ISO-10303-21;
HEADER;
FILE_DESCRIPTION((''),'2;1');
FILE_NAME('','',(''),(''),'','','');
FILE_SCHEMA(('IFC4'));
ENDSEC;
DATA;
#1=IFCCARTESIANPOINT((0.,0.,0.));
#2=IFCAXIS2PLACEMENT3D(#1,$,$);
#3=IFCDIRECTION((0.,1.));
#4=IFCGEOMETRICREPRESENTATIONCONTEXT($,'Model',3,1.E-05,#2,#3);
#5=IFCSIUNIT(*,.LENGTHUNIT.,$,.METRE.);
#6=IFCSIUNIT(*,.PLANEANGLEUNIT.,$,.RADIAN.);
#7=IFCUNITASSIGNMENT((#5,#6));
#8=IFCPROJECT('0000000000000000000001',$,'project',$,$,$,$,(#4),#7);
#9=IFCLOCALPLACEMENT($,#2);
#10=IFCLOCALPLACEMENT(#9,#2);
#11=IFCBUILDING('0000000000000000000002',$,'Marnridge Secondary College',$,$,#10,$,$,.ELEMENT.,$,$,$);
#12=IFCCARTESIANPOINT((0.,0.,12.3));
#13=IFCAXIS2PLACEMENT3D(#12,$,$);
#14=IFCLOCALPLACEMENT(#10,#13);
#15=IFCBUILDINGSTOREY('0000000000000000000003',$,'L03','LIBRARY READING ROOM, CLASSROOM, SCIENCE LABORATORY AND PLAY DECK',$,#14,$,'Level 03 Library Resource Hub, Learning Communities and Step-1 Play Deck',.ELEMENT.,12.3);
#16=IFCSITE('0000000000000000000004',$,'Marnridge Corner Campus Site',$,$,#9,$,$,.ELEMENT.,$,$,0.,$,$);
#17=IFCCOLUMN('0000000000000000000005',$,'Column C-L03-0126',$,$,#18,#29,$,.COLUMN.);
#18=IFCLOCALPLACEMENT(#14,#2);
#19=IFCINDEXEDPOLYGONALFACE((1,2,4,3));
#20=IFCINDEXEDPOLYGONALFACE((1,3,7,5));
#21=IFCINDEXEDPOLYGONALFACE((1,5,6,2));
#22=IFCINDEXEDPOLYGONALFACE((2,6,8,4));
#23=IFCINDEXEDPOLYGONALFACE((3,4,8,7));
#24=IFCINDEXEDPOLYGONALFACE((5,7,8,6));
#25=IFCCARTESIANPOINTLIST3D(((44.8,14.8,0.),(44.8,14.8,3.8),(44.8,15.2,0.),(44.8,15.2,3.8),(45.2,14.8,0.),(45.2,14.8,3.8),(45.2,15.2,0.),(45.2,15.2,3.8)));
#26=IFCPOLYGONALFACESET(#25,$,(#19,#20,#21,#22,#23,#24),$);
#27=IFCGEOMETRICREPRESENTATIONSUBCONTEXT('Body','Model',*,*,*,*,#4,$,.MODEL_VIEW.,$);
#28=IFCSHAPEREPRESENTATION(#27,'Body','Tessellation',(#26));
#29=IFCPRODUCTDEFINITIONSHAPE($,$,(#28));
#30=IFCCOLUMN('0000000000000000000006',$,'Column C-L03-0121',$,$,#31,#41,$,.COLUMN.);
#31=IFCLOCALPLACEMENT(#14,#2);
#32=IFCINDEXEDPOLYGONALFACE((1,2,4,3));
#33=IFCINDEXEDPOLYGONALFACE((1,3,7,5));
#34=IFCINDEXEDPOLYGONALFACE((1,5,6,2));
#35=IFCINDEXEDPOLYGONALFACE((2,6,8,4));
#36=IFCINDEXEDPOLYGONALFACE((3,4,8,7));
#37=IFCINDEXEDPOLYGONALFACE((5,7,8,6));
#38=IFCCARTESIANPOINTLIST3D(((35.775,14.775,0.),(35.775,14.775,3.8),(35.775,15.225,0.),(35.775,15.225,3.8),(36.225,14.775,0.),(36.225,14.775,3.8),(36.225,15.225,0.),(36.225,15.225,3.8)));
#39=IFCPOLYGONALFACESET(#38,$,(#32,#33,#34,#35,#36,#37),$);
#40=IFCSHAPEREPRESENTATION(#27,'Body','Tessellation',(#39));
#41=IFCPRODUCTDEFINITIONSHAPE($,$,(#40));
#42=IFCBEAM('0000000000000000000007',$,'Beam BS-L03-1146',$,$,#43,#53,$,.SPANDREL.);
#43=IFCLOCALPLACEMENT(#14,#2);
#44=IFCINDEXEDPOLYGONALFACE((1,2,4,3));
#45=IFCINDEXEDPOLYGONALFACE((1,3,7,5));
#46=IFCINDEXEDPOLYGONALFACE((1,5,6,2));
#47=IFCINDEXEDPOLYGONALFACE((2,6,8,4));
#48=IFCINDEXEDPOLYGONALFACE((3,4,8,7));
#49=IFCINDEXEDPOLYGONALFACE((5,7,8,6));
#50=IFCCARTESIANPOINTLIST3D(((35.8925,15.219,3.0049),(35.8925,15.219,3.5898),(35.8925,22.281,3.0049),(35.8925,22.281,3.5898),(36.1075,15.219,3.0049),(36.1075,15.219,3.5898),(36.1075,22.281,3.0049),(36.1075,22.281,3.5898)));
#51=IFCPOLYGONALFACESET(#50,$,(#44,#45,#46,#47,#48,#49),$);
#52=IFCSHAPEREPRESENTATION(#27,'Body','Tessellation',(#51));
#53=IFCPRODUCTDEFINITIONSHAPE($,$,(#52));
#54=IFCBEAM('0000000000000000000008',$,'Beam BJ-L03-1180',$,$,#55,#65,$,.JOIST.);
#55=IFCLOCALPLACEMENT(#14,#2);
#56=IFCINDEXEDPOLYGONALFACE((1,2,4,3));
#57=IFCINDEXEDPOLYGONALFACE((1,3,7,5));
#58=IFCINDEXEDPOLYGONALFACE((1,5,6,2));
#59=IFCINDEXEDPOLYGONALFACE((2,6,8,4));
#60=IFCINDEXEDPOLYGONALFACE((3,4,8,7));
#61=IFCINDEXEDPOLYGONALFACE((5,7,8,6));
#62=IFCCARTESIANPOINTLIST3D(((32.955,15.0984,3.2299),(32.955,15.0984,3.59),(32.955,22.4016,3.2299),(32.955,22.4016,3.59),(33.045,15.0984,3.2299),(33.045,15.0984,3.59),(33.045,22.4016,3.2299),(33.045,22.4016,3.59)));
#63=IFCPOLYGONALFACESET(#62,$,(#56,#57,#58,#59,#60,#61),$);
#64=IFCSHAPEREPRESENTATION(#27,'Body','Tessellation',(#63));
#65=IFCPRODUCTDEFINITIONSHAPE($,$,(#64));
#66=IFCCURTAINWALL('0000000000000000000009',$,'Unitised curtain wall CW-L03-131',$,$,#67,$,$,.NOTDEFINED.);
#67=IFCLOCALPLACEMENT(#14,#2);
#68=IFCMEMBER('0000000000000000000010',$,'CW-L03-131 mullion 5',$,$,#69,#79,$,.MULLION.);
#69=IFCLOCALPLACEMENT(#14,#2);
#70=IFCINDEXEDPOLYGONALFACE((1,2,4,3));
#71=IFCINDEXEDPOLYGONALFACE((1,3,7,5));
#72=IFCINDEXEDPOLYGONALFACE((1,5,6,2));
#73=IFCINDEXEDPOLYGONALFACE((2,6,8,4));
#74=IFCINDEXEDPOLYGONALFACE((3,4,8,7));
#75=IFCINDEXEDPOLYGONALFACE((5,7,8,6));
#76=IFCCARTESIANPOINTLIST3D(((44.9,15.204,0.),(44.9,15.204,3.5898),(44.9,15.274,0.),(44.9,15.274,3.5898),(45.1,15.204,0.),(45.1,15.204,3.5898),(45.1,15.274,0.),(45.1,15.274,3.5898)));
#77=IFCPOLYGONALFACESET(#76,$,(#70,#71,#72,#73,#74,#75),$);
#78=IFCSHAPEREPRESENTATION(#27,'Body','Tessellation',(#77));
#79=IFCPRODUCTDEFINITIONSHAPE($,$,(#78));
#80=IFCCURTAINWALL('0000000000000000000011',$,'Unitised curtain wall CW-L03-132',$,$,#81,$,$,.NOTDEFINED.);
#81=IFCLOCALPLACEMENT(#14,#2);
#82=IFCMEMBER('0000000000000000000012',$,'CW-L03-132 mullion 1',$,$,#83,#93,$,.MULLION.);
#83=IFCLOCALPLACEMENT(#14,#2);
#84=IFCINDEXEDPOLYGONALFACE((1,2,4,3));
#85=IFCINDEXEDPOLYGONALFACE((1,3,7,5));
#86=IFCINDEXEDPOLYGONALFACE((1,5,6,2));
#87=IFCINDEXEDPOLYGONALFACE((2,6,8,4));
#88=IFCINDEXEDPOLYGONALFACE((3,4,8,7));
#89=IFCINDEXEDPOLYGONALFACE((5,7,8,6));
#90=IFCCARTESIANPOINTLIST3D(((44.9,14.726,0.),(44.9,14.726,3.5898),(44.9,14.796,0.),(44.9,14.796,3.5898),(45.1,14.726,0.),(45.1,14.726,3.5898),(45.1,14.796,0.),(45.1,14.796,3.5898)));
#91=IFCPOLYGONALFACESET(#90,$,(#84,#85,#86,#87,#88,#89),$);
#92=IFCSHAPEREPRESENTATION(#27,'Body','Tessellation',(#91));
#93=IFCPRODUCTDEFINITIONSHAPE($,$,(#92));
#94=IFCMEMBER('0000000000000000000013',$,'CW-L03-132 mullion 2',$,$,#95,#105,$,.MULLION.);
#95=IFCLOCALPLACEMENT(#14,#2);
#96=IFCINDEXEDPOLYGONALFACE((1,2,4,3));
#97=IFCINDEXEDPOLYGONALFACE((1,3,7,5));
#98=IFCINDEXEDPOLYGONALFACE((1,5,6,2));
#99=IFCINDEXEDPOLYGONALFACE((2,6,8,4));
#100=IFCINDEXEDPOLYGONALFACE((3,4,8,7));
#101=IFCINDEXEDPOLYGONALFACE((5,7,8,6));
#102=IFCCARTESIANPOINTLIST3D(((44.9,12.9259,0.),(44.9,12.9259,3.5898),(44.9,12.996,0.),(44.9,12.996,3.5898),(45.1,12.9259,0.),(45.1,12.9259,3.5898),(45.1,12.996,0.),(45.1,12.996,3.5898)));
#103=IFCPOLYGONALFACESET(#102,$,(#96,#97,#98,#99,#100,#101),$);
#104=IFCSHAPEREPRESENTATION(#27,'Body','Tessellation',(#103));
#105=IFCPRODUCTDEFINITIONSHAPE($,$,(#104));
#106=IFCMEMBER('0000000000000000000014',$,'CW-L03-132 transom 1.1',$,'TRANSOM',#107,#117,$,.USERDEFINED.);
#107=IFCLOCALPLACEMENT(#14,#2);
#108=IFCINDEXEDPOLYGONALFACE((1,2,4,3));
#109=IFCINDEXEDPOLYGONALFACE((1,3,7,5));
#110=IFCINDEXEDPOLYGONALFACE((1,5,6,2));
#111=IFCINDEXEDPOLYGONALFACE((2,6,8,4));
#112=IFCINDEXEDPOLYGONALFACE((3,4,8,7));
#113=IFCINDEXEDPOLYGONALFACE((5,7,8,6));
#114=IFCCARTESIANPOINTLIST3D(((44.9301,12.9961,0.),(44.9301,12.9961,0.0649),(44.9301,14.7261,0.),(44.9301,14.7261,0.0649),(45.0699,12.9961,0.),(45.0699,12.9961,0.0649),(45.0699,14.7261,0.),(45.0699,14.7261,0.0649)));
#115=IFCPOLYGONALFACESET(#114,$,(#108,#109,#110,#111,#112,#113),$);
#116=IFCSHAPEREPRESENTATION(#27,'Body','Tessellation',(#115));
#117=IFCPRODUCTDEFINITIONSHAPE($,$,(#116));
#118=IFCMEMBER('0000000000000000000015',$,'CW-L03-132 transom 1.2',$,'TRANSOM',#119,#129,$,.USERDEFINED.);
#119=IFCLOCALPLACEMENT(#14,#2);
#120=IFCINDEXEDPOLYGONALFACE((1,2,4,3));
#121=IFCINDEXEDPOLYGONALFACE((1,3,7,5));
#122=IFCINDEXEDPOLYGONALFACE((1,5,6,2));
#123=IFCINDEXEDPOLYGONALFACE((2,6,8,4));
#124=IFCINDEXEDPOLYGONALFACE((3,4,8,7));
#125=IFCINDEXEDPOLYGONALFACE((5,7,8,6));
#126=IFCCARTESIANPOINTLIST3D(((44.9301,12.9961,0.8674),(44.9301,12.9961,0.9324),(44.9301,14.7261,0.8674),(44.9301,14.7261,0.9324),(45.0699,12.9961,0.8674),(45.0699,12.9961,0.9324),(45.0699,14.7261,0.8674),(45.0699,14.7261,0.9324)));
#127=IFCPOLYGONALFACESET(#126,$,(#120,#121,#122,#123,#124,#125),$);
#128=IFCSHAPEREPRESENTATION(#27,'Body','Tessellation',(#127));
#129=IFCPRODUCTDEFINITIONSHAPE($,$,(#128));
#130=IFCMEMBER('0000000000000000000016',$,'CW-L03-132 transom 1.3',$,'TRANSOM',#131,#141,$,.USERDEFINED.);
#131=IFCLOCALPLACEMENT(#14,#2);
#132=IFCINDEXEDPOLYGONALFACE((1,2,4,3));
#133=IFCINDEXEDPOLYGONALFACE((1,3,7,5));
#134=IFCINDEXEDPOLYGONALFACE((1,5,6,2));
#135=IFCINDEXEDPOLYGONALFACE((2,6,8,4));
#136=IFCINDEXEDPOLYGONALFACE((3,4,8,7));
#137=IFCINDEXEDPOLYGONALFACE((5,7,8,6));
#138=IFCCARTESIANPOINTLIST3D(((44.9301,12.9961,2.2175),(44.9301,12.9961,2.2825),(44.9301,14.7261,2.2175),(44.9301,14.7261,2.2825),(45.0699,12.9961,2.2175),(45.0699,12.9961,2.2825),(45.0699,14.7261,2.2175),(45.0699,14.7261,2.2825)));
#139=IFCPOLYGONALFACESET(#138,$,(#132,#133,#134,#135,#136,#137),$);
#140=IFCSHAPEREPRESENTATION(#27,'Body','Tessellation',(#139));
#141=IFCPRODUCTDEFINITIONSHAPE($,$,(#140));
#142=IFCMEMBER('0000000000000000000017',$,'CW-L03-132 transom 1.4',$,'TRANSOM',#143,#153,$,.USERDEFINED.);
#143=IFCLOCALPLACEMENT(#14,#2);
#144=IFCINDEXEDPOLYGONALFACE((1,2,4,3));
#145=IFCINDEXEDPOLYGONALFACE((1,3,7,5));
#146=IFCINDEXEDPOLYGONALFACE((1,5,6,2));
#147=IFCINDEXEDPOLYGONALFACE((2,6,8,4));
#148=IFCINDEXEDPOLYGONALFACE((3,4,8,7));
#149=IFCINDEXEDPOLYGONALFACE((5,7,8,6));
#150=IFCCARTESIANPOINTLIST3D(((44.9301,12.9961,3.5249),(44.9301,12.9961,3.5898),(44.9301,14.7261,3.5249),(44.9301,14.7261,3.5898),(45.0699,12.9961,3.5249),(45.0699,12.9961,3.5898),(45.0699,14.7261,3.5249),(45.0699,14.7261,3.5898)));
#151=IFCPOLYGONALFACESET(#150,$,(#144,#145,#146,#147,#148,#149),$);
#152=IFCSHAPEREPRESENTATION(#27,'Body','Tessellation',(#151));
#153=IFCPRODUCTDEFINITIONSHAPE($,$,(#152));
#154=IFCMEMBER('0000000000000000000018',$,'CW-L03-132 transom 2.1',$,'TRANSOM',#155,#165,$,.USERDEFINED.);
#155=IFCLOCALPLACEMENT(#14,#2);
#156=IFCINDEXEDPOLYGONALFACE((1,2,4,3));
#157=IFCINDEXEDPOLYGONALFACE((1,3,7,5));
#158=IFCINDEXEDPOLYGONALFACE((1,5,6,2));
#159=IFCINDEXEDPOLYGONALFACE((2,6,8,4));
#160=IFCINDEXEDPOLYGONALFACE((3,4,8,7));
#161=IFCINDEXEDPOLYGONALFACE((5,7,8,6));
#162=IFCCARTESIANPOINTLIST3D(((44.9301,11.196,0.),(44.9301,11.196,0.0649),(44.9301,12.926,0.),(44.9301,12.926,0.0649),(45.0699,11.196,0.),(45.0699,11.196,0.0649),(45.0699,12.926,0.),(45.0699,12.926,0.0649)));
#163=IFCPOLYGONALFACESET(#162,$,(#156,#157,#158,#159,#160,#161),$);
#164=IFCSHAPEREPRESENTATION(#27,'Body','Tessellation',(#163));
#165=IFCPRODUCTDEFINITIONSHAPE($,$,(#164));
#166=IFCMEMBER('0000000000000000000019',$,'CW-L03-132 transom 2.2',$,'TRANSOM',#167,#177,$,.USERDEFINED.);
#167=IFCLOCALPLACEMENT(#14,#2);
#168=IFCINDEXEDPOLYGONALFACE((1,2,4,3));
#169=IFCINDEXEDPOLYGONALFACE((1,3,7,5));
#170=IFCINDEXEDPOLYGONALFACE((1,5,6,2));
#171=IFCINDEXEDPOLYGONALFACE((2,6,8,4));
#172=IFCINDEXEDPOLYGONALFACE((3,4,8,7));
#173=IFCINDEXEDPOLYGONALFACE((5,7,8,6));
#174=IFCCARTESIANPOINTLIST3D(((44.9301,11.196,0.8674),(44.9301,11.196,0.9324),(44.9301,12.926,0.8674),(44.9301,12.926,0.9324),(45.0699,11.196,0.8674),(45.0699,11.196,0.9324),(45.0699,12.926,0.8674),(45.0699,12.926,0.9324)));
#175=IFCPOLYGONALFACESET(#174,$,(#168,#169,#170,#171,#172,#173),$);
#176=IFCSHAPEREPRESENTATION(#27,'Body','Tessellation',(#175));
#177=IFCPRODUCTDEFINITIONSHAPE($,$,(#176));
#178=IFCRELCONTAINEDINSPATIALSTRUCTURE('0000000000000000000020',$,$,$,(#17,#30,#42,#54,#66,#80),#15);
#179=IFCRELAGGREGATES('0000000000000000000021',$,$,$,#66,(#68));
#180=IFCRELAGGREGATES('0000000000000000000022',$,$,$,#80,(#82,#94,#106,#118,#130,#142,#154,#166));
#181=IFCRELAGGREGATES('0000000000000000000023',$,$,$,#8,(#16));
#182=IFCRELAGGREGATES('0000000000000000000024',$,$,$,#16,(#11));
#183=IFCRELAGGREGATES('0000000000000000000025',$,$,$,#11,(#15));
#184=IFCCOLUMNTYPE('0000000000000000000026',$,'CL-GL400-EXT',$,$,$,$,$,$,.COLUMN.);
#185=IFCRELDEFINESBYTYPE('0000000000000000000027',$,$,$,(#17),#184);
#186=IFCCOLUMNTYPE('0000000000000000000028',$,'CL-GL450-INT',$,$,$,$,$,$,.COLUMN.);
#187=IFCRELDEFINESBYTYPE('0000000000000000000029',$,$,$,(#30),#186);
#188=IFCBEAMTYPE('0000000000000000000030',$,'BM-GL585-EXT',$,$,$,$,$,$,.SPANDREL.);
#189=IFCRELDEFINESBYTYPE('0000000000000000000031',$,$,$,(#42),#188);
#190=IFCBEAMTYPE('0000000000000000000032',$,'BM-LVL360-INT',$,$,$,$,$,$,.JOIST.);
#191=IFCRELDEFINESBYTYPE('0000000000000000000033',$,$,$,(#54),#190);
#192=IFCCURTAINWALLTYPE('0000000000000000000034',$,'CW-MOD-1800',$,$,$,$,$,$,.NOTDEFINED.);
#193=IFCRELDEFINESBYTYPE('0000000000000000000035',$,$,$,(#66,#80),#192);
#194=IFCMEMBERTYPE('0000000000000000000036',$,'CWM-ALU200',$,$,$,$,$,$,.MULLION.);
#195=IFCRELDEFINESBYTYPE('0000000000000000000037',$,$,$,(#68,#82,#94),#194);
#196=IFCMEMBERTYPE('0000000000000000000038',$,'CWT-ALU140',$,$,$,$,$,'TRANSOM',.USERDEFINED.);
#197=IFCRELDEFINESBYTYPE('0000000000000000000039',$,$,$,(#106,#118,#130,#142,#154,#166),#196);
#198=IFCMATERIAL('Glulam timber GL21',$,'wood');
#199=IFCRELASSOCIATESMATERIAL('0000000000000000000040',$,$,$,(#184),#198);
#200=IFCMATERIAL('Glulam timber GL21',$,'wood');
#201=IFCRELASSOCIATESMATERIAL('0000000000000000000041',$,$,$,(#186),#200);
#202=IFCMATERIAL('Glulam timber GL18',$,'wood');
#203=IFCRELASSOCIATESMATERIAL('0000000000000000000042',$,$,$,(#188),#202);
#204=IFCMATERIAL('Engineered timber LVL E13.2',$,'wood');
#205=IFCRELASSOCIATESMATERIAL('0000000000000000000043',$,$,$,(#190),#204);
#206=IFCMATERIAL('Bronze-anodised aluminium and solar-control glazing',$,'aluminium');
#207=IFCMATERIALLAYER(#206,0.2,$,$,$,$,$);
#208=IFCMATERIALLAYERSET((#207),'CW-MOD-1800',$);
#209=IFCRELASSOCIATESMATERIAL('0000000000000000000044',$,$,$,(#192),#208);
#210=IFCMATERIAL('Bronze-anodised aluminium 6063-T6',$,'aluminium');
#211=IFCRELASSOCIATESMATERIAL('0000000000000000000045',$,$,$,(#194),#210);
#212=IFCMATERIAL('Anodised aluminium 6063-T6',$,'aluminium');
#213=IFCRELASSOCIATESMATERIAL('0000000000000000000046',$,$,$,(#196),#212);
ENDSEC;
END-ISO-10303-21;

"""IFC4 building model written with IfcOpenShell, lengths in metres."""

from ifc_helpers import new_model, si_unit, direction, frame, origin, origin_2d, place, context, subcontext, project, spatial, rectangle, extrude, material, layer, layer_set, material_profile, profile_set, type_object, element, aggregate, save


model = new_model("IFC4")

# Units and contexts
model_context = context("Model", 3, precision=1e-05, world=origin(), true_north=direction((0.0, 1.0)))
body_context = subcontext(model_context, "Body", "Model", "MODEL_VIEW")
ifc_project = project(units=[si_unit("LENGTHUNIT", "METRE"), si_unit("PLANEANGLEUNIT", "RADIAN")], contexts=[model_context])

# Site, building, storey
site_placement = place(None, origin())
site = spatial("IfcSite", under=ifc_project, at=site_placement, Name="Marnridge Corner Campus Site", CompositionType="ELEMENT", RefElevation=0.0)
building_placement = place(site_placement, origin())
building = spatial("IfcBuilding", under=site, at=building_placement, Name="Marnridge Secondary College", CompositionType="ELEMENT")
storey_placement = place(building_placement, frame((0.0, 0.0, 12.3)))
storey = spatial("IfcBuildingStorey", under=building, at=storey_placement, Name="L03", Description="LIBRARY READING ROOM, CLASSROOM, SCIENCE LABORATORY AND PLAY DECK", LongName="Level 03 Library Resource Hub, Learning Communities and Step-1 Play Deck", CompositionType="ELEMENT", Elevation=12.3)

# Columns
ifc_material_1 = material(Name="Glulam timber GL21", Category="wood")
ifc_material_profile_1 = material_profile(ifc_material_1, rectangle(XDim=0.3999, YDim=0.3999, at=origin_2d()), Name="GL21 400x400")
ifc_profile_set_1 = profile_set([ifc_material_profile_1], Name="Glulam timber GL21")
column_type_1 = type_object("IfcColumnType", Name="CL-GL400-EXT", PredefinedType="COLUMN", material=ifc_profile_set_1)
column_1_placement = place(storey_placement, frame((45.0, 15.0, 0.0), z_axis=(0.0, 0.0, 1.0), x_axis=(1.0, 0.0, 0.0)))
element("IfcColumn", 1, at=column_1_placement, inside=storey, type_object=column_type_1, Name="Column C-L03-0126", PredefinedType="COLUMN", context=body_context, shape_type="SweptSolid", body=[
    extrude(rectangle(XDim=0.3999, YDim=0.3999, at=origin_2d()), origin(), (0.0, 0.0, 1.0), 3.8),
])
ifc_material_2 = material(Name="Glulam timber GL21", Category="wood")
ifc_material_profile_2 = material_profile(ifc_material_2, rectangle(XDim=0.45, YDim=0.45, at=origin_2d()), Name="GL21 450x450")
ifc_profile_set_2 = profile_set([ifc_material_profile_2], Name="Glulam timber GL21")
column_type_2 = type_object("IfcColumnType", Name="CL-GL450-INT", PredefinedType="COLUMN", material=ifc_profile_set_2)
column_2_placement = place(storey_placement, frame((36.0, 15.0, 0.0), z_axis=(0.0, 0.0, 1.0), x_axis=(1.0, 0.0, 0.0)))
element("IfcColumn", 2, at=column_2_placement, inside=storey, type_object=column_type_2, Name="Column C-L03-0121", PredefinedType="COLUMN", context=body_context, shape_type="SweptSolid", body=[
    extrude(rectangle(XDim=0.45, YDim=0.45, at=origin_2d()), origin(), (0.0, 0.0, 1.0), 3.8),
])

# Beams
ifc_material_3 = material(Name="Glulam timber GL18", Category="wood")
ifc_material_profile_3 = material_profile(ifc_material_3, rectangle(XDim=0.2151, YDim=0.585, at=origin_2d()), Name="GL18 215x585")
ifc_profile_set_3 = profile_set([ifc_material_profile_3], Name="Glulam timber GL18")
beam_type_1 = type_object("IfcBeamType", Name="BM-GL585-EXT", PredefinedType="SPANDREL", material=ifc_profile_set_3)
beam_1_placement = place(storey_placement, frame((36.0, 15.219, 3.2974), z_axis=(0.0, 1.0, 0.0), x_axis=(-1.0, 0.0, 0.0)))
element("IfcBeam", 3, at=beam_1_placement, inside=storey, type_object=beam_type_1, Name="Beam BS-L03-1146", PredefinedType="SPANDREL", context=body_context, shape_type="SweptSolid", body=[
    extrude(rectangle(XDim=0.2151, YDim=0.585, at=origin_2d()), origin(), (0.0, 0.0, 1.0), 7.062),
])
ifc_material_4 = material(Name="Engineered timber LVL E13.2", Category="wood")
ifc_material_profile_4 = material_profile(ifc_material_4, rectangle(XDim=0.0901, YDim=0.3601, at=origin_2d()), Name="LVL 90x360")
ifc_profile_set_4 = profile_set([ifc_material_profile_4], Name="Engineered timber LVL E13.2")
beam_type_2 = type_object("IfcBeamType", Name="BM-LVL360-INT", PredefinedType="JOIST", material=ifc_profile_set_4)
beam_2_placement = place(storey_placement, frame((33.0, 15.0984, 3.4099), z_axis=(0.0, 1.0, 0.0), x_axis=(-1.0, 0.0, 0.0)))
element("IfcBeam", 4, at=beam_2_placement, inside=storey, type_object=beam_type_2, Name="Beam BJ-L03-1180", PredefinedType="JOIST", context=body_context, shape_type="SweptSolid", body=[
    extrude(rectangle(XDim=0.0901, YDim=0.3601, at=origin_2d()), origin(), (0.0, 0.0, 1.0), 7.3032),
])

# Curtain wall, member
ifc_material_5 = material(Name="Bronze-anodised aluminium and solar-control glazing", Category="aluminium")
ifc_layer_1 = layer(ifc_material_5, 0.2)
ifc_layer_set_1 = layer_set([ifc_layer_1], Name="CW-MOD-1800")
curtain_wall_type = type_object("IfcCurtainWallType", Name="CW-MOD-1800", PredefinedType="NOTDEFINED", material=ifc_layer_set_1)
curtain_wall_1_placement = place(storey_placement, origin())
curtain_wall_1 = element("IfcCurtainWall", 5, at=curtain_wall_1_placement, inside=storey, type_object=curtain_wall_type, Name="Unitised curtain wall CW-L03-131", PredefinedType="NOTDEFINED")
ifc_material_6 = material(Name="Bronze-anodised aluminium 6063-T6", Category="aluminium")
ifc_material_profile_5 = material_profile(ifc_material_6, rectangle(XDim=0.0701, YDim=0.2, at=origin_2d()), Name="ALU 70x200")
ifc_profile_set_5 = profile_set([ifc_material_profile_5], Name="Bronze-anodised aluminium 6063-T6")
member_type_1 = type_object("IfcMemberType", Name="CWM-ALU200", PredefinedType="MULLION", material=ifc_profile_set_5)
member_1_placement = place(storey_placement, frame((45.0, 15.239, 0.0), z_axis=(0.0, 0.0, 1.0), x_axis=(0.0, -1.0, 0.0)))
member_1 = element("IfcMember", 6, at=member_1_placement, type_object=member_type_1, Name="CW-L03-131 mullion 5", PredefinedType="MULLION", context=body_context, shape_type="SweptSolid", body=[
    extrude(rectangle(XDim=0.0701, YDim=0.2, at=origin_2d()), origin(), (0.0, 0.0, 1.0), 3.5898),
])
aggregate(curtain_wall_1, [member_1])

# Curtain wall, members
curtain_wall_2_placement = place(storey_placement, origin())
curtain_wall_2 = element("IfcCurtainWall", 7, at=curtain_wall_2_placement, inside=storey, type_object=curtain_wall_type, Name="Unitised curtain wall CW-L03-132", PredefinedType="NOTDEFINED")
member_2_placement = place(storey_placement, frame((45.0, 14.761, 0.0), z_axis=(0.0, 0.0, 1.0), x_axis=(0.0, -1.0, 0.0)))
member_2 = element("IfcMember", 8, at=member_2_placement, type_object=member_type_1, Name="CW-L03-132 mullion 1", PredefinedType="MULLION", context=body_context, shape_type="SweptSolid", body=[
    extrude(rectangle(XDim=0.0701, YDim=0.2, at=origin_2d()), origin(), (0.0, 0.0, 1.0), 3.5898),
])
member_3_placement = place(storey_placement, frame((45.0, 12.9609, 0.0), z_axis=(0.0, 0.0, 1.0), x_axis=(0.0, -1.0, 0.0)))
member_3 = element("IfcMember", 9, at=member_3_placement, type_object=member_type_1, Name="CW-L03-132 mullion 2", PredefinedType="MULLION", context=body_context, shape_type="SweptSolid", body=[
    extrude(rectangle(XDim=0.0701, YDim=0.2, at=origin_2d()), origin(), (0.0, 0.0, 1.0), 3.5898),
])
ifc_material_7 = material(Name="Anodised aluminium 6063-T6", Category="aluminium")
ifc_material_profile_6 = material_profile(ifc_material_7, rectangle(XDim=0.0649, YDim=0.1399, at=origin_2d()), Name="ALU 65x140")
ifc_profile_set_6 = profile_set([ifc_material_profile_6], Name="Anodised aluminium 6063-T6")
member_type_2 = type_object("IfcMemberType", Name="CWT-ALU140", ElementType="TRANSOM", PredefinedType="USERDEFINED", material=ifc_profile_set_6)
member_4_placement = place(storey_placement, frame((45.0, 14.7261, 0.0325), z_axis=(0.0, -1.0, 0.0), x_axis=(0.0, 0.0, 1.0)))
member_4 = element("IfcMember", 10, at=member_4_placement, type_object=member_type_2, Name="CW-L03-132 transom 1.1", ObjectType="TRANSOM", PredefinedType="USERDEFINED", context=body_context, shape_type="SweptSolid", body=[
    extrude(rectangle(XDim=0.0649, YDim=0.1399, at=origin_2d()), origin(), (0.0, 0.0, 1.0), 1.73),
])
member_5_placement = place(storey_placement, frame((45.0, 14.7261, 0.8999), z_axis=(0.0, -1.0, 0.0), x_axis=(0.0, 0.0, 1.0)))
member_5 = element("IfcMember", 11, at=member_5_placement, type_object=member_type_2, Name="CW-L03-132 transom 1.2", ObjectType="TRANSOM", PredefinedType="USERDEFINED", context=body_context, shape_type="SweptSolid", body=[
    extrude(rectangle(XDim=0.0649, YDim=0.1399, at=origin_2d()), origin(), (0.0, 0.0, 1.0), 1.73),
])
member_6_placement = place(storey_placement, frame((45.0, 14.7261, 2.25), z_axis=(0.0, -1.0, 0.0), x_axis=(0.0, 0.0, 1.0)))
member_6 = element("IfcMember", 12, at=member_6_placement, type_object=member_type_2, Name="CW-L03-132 transom 1.3", ObjectType="TRANSOM", PredefinedType="USERDEFINED", context=body_context, shape_type="SweptSolid", body=[
    extrude(rectangle(XDim=0.0649, YDim=0.1399, at=origin_2d()), origin(), (0.0, 0.0, 1.0), 1.73),
])
member_7_placement = place(storey_placement, frame((45.0, 14.7261, 3.5574), z_axis=(0.0, -1.0, 0.0), x_axis=(0.0, 0.0, 1.0)))
member_7 = element("IfcMember", 13, at=member_7_placement, type_object=member_type_2, Name="CW-L03-132 transom 1.4", ObjectType="TRANSOM", PredefinedType="USERDEFINED", context=body_context, shape_type="SweptSolid", body=[
    extrude(rectangle(XDim=0.0649, YDim=0.1399, at=origin_2d()), origin(), (0.0, 0.0, 1.0), 1.73),
])
member_8_placement = place(storey_placement, frame((45.0, 12.926, 0.0325), z_axis=(0.0, -1.0, 0.0), x_axis=(0.0, 0.0, 1.0)))
member_8 = element("IfcMember", 14, at=member_8_placement, type_object=member_type_2, Name="CW-L03-132 transom 2.1", ObjectType="TRANSOM", PredefinedType="USERDEFINED", context=body_context, shape_type="SweptSolid", body=[
    extrude(rectangle(XDim=0.0649, YDim=0.1399, at=origin_2d()), origin(), (0.0, 0.0, 1.0), 1.73),
])
member_9_placement = place(storey_placement, frame((45.0, 12.926, 0.8999), z_axis=(0.0, -1.0, 0.0), x_axis=(0.0, 0.0, 1.0)))
member_9 = element("IfcMember", 15, at=member_9_placement, type_object=member_type_2, Name="CW-L03-132 transom 2.2", ObjectType="TRANSOM", PredefinedType="USERDEFINED", context=body_context, shape_type="SweptSolid", body=[
    extrude(rectangle(XDim=0.0649, YDim=0.1399, at=origin_2d()), origin(), (0.0, 0.0, 1.0), 1.73),
])
aggregate(curtain_wall_2, [member_2, member_3, member_4, member_5, member_6, member_7, member_8, member_9])

save(model, "model.ifc")
